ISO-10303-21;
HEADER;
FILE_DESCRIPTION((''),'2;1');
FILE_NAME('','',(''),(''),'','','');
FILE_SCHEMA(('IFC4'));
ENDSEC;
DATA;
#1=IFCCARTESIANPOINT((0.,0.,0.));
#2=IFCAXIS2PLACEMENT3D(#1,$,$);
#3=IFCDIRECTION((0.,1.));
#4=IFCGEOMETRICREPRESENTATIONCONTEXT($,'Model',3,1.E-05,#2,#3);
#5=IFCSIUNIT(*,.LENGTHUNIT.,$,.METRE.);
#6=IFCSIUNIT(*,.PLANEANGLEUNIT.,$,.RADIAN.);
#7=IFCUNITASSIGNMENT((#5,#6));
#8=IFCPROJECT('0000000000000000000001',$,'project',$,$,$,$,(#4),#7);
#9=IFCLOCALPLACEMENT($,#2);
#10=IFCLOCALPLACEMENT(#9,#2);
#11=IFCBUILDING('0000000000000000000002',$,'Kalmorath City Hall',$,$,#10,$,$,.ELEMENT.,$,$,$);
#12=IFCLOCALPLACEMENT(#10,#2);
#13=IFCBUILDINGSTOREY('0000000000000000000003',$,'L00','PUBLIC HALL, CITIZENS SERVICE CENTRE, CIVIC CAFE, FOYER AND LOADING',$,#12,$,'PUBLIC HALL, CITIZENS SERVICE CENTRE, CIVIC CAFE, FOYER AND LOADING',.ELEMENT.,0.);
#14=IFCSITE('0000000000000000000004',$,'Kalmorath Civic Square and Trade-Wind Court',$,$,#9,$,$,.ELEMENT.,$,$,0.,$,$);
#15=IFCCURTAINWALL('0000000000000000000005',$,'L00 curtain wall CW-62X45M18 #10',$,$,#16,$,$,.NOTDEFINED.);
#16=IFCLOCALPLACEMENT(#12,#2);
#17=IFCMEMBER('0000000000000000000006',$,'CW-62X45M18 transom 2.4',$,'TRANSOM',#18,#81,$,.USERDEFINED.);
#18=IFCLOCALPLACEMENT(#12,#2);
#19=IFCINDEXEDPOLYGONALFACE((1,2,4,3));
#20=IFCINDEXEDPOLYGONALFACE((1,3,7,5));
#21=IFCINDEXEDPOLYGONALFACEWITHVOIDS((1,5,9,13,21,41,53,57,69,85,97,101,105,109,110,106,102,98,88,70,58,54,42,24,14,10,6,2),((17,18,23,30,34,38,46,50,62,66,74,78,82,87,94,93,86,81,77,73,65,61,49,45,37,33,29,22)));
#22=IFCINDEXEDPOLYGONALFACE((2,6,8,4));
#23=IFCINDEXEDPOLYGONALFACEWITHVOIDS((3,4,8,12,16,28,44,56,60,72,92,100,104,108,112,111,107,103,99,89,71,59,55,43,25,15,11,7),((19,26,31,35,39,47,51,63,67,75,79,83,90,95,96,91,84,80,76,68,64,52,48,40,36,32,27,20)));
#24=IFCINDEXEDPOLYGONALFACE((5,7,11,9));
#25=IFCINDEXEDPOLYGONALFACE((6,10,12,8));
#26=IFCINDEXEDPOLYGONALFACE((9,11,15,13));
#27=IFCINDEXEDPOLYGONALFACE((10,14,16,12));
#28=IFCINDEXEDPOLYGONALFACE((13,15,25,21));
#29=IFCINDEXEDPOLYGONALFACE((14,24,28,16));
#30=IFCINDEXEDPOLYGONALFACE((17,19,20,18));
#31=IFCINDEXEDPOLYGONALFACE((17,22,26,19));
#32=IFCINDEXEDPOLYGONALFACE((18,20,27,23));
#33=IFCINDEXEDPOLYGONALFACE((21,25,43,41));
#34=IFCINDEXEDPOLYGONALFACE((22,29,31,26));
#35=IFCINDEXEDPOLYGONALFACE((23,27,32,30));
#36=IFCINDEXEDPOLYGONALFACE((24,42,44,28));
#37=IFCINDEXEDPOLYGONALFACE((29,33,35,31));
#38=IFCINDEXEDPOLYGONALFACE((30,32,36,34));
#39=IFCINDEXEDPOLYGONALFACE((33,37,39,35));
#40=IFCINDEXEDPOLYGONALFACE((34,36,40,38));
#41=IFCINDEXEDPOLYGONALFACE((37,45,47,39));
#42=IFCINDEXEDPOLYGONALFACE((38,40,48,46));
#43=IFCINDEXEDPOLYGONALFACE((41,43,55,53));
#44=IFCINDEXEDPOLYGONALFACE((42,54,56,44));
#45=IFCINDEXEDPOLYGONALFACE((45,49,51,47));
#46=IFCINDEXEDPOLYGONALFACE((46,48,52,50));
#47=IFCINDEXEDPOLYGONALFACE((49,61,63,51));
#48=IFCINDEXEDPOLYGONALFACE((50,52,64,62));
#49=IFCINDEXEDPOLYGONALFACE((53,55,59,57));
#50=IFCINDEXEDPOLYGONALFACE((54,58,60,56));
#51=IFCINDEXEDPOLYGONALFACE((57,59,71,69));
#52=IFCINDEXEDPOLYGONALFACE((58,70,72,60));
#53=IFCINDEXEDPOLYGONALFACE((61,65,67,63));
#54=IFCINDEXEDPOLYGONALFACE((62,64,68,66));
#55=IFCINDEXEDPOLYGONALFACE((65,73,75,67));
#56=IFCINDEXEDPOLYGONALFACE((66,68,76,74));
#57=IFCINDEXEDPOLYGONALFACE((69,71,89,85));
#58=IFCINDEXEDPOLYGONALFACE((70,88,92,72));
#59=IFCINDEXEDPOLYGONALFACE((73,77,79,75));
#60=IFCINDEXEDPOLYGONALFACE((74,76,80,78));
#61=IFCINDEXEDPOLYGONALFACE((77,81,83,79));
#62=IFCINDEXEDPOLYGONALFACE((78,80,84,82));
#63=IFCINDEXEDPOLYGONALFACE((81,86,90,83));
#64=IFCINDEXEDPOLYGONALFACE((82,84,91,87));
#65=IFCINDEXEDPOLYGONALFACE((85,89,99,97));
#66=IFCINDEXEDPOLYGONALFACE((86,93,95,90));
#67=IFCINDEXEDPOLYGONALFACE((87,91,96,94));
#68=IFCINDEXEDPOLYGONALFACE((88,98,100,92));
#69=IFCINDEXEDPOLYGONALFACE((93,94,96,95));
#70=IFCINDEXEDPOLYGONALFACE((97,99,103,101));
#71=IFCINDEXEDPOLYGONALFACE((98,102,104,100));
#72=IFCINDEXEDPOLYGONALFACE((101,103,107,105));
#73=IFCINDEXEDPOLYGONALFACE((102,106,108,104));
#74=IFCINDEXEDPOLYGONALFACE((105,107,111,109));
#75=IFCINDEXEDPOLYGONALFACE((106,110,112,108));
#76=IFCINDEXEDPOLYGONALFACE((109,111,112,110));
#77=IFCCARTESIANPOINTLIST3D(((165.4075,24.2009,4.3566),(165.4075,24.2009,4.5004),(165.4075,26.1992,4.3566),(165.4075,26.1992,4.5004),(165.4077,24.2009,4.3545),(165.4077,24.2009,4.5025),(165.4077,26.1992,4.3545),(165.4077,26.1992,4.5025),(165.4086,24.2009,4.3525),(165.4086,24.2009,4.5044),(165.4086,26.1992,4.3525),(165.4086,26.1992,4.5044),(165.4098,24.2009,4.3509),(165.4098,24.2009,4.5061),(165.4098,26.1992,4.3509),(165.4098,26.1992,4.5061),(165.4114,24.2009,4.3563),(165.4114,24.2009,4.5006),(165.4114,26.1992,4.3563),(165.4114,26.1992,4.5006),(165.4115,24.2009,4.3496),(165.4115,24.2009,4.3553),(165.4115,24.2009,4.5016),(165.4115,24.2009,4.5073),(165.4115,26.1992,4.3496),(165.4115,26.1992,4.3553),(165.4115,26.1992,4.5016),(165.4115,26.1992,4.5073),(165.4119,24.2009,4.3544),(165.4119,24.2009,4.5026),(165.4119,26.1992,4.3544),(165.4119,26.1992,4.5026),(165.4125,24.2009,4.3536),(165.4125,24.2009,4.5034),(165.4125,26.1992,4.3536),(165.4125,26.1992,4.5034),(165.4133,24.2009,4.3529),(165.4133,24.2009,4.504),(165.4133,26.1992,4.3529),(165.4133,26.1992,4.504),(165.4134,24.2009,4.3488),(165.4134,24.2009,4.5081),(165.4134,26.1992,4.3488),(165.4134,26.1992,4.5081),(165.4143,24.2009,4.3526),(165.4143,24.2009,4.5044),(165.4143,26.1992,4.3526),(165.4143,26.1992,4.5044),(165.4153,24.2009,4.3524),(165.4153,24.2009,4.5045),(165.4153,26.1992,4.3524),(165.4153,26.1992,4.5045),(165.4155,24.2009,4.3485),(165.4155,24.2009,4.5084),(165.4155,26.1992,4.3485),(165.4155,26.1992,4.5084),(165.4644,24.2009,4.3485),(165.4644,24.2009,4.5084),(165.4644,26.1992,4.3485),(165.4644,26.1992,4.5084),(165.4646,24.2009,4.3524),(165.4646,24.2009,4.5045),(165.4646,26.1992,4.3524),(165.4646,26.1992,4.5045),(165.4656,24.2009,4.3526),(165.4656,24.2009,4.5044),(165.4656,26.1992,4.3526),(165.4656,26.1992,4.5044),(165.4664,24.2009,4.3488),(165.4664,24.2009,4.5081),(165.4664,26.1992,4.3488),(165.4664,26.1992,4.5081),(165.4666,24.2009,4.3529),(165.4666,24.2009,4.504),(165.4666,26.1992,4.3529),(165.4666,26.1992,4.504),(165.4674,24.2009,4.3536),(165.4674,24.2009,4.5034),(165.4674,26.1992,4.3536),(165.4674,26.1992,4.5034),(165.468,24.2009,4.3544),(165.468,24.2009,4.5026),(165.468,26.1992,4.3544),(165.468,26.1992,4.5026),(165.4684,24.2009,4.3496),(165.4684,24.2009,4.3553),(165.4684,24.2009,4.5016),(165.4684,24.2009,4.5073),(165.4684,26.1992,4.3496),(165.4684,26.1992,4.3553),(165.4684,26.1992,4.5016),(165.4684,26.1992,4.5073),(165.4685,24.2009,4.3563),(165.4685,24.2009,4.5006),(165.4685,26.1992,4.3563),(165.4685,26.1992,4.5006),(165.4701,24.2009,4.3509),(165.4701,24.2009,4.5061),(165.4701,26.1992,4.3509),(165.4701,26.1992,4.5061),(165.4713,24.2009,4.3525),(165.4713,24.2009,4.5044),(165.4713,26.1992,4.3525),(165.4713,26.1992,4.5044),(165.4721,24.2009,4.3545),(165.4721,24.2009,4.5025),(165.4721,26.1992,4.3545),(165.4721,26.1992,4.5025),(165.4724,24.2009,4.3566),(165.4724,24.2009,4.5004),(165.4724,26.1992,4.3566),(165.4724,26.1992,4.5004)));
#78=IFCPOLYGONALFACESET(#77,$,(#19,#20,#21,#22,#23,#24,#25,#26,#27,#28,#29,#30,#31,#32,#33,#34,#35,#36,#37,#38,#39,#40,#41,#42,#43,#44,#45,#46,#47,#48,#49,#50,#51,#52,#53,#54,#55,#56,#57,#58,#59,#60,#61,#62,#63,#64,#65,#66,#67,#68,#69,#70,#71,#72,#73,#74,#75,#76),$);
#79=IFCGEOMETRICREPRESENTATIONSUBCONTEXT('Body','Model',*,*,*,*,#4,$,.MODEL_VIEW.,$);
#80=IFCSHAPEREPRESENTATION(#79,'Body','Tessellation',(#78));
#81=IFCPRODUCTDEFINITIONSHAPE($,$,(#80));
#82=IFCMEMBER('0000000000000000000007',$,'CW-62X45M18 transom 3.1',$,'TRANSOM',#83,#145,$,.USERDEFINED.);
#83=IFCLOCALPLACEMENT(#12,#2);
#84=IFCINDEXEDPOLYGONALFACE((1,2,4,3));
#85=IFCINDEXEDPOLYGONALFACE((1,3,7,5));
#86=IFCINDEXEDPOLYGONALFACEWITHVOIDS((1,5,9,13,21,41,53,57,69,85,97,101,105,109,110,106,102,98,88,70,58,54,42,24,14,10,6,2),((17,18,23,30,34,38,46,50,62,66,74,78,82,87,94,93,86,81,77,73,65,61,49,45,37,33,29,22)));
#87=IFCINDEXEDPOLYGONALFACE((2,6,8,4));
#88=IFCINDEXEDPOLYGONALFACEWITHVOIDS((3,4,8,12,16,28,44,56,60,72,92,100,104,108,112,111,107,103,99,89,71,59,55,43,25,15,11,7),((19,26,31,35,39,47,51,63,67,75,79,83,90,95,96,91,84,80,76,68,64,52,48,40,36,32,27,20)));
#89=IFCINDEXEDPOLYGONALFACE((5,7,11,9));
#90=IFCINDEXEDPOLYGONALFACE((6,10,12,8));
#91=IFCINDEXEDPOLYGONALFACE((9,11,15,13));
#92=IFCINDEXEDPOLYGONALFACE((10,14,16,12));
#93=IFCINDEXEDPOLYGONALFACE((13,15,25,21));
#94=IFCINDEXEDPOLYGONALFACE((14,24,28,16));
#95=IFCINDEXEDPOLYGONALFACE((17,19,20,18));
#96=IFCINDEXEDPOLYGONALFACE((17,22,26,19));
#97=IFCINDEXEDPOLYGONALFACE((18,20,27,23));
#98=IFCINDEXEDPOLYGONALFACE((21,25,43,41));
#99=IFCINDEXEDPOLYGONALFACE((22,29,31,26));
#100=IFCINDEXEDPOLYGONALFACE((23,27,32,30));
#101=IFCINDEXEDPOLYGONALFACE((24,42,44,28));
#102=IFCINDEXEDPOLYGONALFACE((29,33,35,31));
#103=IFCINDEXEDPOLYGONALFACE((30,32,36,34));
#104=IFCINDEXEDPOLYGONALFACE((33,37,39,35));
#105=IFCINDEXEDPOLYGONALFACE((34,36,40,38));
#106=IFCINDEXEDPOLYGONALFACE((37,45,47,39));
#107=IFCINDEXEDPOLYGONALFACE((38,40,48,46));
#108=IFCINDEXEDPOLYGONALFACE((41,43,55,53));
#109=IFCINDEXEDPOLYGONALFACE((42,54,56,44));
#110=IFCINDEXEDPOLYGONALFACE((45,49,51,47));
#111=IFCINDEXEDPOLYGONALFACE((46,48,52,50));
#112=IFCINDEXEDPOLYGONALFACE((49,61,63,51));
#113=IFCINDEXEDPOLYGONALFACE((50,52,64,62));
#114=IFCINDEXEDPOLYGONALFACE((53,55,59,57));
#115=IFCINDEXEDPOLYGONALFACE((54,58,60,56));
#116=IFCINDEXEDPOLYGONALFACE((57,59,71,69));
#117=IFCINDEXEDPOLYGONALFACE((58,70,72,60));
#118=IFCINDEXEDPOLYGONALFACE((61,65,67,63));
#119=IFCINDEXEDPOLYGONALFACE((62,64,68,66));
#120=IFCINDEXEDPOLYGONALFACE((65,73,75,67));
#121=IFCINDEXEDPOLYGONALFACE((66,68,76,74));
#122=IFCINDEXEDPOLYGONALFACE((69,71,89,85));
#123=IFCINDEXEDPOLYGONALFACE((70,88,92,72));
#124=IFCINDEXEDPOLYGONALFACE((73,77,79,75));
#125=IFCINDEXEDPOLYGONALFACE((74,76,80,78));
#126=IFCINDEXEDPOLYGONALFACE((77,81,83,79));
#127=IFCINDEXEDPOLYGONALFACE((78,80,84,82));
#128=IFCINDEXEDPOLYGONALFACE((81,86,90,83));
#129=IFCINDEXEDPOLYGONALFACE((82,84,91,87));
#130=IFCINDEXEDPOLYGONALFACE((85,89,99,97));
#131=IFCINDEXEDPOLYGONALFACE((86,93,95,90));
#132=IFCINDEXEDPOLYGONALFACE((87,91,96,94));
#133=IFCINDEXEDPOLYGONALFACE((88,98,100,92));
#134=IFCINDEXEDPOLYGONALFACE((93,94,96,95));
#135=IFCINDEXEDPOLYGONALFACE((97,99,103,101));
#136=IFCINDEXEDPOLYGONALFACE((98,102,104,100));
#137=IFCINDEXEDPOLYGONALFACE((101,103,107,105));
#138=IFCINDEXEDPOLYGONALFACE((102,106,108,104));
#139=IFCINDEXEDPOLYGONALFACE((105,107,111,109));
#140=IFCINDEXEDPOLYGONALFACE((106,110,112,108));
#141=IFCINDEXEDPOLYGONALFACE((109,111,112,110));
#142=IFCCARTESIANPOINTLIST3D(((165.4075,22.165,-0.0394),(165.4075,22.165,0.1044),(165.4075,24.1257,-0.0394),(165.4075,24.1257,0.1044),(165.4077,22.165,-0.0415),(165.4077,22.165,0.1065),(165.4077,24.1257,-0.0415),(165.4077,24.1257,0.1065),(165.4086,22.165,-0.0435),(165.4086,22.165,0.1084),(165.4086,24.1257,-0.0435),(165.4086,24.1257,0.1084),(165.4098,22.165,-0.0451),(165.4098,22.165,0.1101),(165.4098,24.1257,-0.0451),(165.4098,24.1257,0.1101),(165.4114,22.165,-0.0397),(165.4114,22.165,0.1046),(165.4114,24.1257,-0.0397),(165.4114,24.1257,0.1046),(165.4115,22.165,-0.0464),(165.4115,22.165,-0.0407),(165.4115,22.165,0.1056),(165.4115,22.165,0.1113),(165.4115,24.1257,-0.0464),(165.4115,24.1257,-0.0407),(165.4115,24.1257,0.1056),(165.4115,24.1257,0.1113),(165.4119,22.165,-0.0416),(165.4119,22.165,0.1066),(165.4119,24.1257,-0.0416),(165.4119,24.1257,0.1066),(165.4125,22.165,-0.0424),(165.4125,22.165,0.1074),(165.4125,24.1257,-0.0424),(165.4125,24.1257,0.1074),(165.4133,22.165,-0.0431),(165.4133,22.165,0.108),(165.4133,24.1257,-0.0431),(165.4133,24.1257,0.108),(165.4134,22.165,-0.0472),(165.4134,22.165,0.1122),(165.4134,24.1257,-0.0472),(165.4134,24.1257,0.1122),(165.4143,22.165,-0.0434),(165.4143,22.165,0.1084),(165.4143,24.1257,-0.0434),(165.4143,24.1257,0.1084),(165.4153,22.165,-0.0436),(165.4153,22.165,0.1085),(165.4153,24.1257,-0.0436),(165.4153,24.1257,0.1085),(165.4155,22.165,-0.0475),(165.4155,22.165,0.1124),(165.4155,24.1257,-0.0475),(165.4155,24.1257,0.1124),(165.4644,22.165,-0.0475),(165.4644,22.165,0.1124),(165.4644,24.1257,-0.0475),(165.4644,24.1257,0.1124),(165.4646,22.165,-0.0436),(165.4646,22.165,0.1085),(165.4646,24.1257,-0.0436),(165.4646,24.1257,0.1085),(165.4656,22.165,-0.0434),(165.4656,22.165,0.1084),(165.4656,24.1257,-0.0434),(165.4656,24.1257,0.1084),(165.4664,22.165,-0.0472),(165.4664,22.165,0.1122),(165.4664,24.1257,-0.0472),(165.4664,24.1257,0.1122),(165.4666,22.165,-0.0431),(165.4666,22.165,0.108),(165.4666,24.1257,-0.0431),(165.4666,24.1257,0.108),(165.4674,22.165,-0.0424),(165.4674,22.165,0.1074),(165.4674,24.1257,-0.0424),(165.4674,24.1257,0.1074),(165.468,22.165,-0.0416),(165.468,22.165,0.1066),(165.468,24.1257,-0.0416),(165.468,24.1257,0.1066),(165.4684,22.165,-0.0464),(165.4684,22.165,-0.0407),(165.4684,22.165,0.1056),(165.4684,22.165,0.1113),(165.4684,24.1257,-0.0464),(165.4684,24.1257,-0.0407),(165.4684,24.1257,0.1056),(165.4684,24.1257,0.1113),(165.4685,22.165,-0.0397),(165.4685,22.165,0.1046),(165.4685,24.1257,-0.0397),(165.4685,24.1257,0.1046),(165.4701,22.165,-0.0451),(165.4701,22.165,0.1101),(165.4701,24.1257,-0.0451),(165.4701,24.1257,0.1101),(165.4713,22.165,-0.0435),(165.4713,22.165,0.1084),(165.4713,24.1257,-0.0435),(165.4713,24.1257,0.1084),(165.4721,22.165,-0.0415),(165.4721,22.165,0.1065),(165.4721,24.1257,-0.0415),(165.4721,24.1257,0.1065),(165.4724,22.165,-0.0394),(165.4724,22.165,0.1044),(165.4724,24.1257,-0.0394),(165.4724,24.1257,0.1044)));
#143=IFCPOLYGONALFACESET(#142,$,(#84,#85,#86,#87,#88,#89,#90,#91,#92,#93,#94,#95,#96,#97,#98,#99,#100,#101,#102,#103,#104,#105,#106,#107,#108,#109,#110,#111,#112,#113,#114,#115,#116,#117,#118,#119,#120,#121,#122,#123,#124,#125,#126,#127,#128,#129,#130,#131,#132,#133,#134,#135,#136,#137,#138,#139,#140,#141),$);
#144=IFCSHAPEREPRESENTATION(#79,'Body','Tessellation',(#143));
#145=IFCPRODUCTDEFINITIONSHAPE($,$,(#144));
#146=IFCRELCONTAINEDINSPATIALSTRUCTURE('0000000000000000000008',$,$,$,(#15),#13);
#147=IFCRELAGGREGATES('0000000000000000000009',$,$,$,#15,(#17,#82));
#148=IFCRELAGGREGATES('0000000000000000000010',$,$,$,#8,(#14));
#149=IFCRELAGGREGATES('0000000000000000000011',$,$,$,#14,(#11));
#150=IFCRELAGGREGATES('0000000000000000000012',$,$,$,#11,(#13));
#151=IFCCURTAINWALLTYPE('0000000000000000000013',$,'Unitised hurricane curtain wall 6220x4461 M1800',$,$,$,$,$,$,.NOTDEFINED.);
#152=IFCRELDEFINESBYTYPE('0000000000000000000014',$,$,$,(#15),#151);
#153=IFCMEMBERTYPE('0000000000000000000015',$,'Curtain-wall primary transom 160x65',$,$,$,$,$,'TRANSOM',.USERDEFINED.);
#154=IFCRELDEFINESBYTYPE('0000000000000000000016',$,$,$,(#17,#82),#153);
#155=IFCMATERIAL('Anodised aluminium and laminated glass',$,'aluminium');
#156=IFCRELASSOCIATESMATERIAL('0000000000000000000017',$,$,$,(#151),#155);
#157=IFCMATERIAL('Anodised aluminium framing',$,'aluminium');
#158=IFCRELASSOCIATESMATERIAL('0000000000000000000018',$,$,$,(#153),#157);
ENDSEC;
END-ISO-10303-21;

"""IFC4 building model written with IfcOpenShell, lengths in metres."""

from ifc_helpers import new_model, si_unit, direction, frame, origin, origin_2d, place, context, subcontext, project, spatial, hollow_rectangle, extrude, material, material_profile, profile_set, type_object, element, aggregate, save


model = new_model("IFC4")

# Units and contexts
model_context = context("Model", 3, precision=1e-05, world=origin(), true_north=direction((0.0, 1.0)))
body_context = subcontext(model_context, "Body", "Model", "MODEL_VIEW")
ifc_project = project(units=[si_unit("LENGTHUNIT", "METRE"), si_unit("PLANEANGLEUNIT", "RADIAN")], contexts=[model_context])

# Site, building, storey
site_placement = place(None, origin())
site = spatial("IfcSite", under=ifc_project, at=site_placement, Name="Kalmorath Civic Square and Trade-Wind Court", CompositionType="ELEMENT", RefElevation=0.0)
building_placement = place(site_placement, origin())
building = spatial("IfcBuilding", under=site, at=building_placement, Name="Kalmorath City Hall", CompositionType="ELEMENT")
storey_placement = place(building_placement, origin())
storey = spatial("IfcBuildingStorey", under=building, at=storey_placement, Name="L00", Description="PUBLIC HALL, CITIZENS SERVICE CENTRE, CIVIC CAFE, FOYER AND LOADING", LongName="PUBLIC HALL, CITIZENS SERVICE CENTRE, CIVIC CAFE, FOYER AND LOADING", CompositionType="ELEMENT", Elevation=0.0)

# Curtain wall, members
ifc_material_1 = material(Name="Anodised aluminium and laminated glass", Category="aluminium")
curtain_wall_type = type_object("IfcCurtainWallType", Name="Unitised hurricane curtain wall 6220x4461 M1800", PredefinedType="NOTDEFINED", material=ifc_material_1)
curtain_wall_placement = place(storey_placement, origin())
curtain_wall = element("IfcCurtainWall", 1, at=curtain_wall_placement, inside=storey, type_object=curtain_wall_type, Name="L00 curtain wall CW-62X45M18 #10", PredefinedType="NOTDEFINED")
ifc_material_2 = material(Name="Anodised aluminium framing", Category="aluminium")
ifc_material_profile_1 = material_profile(ifc_material_2, hollow_rectangle(XDim=0.0649, YDim=0.1599, WallThickness=0.0039, InnerFilletRadius=0.0039, OuterFilletRadius=0.0081, at=origin_2d()), Name="ALU-TRN-160X65X4")
ifc_profile_set_1 = profile_set([ifc_material_profile_1], Name="Anodised aluminium framing")
member_type_1 = type_object("IfcMemberType", Name="Curtain-wall primary transom 160x65", ElementType="TRANSOM", PredefinedType="USERDEFINED", material=ifc_profile_set_1)
member_1_placement = place(storey_placement, frame((165.4399, 26.1992, 4.4285), z_axis=(0.0, -1.0, 0.0), x_axis=(1.0, 0.0, 0.0)))
member_1 = element("IfcMember", 2, at=member_1_placement, type_object=member_type_1, Name="CW-62X45M18 transom 2.4", ObjectType="TRANSOM", PredefinedType="USERDEFINED", context=body_context, shape_type="SweptSolid", body=[
    extrude(hollow_rectangle(XDim=0.0649, YDim=0.1599, WallThickness=0.0039, InnerFilletRadius=0.0039, OuterFilletRadius=0.0081, at=origin_2d()), origin(), (0.0, 0.0, 1.0), 1.9983),
])
member_2_placement = place(storey_placement, frame((165.4399, 24.1257, 0.0325), z_axis=(0.0, -1.0, 0.0), x_axis=(1.0, 0.0, 0.0)))
member_2 = element("IfcMember", 3, at=member_2_placement, type_object=member_type_1, Name="CW-62X45M18 transom 3.1", ObjectType="TRANSOM", PredefinedType="USERDEFINED", context=body_context, shape_type="SweptSolid", body=[
    extrude(hollow_rectangle(XDim=0.0649, YDim=0.1599, WallThickness=0.0039, InnerFilletRadius=0.0039, OuterFilletRadius=0.0081, at=origin_2d()), origin(), (0.0, 0.0, 1.0), 1.9607),
])
aggregate(curtain_wall, [member_1, member_2])

save(model, "model.ifc")
